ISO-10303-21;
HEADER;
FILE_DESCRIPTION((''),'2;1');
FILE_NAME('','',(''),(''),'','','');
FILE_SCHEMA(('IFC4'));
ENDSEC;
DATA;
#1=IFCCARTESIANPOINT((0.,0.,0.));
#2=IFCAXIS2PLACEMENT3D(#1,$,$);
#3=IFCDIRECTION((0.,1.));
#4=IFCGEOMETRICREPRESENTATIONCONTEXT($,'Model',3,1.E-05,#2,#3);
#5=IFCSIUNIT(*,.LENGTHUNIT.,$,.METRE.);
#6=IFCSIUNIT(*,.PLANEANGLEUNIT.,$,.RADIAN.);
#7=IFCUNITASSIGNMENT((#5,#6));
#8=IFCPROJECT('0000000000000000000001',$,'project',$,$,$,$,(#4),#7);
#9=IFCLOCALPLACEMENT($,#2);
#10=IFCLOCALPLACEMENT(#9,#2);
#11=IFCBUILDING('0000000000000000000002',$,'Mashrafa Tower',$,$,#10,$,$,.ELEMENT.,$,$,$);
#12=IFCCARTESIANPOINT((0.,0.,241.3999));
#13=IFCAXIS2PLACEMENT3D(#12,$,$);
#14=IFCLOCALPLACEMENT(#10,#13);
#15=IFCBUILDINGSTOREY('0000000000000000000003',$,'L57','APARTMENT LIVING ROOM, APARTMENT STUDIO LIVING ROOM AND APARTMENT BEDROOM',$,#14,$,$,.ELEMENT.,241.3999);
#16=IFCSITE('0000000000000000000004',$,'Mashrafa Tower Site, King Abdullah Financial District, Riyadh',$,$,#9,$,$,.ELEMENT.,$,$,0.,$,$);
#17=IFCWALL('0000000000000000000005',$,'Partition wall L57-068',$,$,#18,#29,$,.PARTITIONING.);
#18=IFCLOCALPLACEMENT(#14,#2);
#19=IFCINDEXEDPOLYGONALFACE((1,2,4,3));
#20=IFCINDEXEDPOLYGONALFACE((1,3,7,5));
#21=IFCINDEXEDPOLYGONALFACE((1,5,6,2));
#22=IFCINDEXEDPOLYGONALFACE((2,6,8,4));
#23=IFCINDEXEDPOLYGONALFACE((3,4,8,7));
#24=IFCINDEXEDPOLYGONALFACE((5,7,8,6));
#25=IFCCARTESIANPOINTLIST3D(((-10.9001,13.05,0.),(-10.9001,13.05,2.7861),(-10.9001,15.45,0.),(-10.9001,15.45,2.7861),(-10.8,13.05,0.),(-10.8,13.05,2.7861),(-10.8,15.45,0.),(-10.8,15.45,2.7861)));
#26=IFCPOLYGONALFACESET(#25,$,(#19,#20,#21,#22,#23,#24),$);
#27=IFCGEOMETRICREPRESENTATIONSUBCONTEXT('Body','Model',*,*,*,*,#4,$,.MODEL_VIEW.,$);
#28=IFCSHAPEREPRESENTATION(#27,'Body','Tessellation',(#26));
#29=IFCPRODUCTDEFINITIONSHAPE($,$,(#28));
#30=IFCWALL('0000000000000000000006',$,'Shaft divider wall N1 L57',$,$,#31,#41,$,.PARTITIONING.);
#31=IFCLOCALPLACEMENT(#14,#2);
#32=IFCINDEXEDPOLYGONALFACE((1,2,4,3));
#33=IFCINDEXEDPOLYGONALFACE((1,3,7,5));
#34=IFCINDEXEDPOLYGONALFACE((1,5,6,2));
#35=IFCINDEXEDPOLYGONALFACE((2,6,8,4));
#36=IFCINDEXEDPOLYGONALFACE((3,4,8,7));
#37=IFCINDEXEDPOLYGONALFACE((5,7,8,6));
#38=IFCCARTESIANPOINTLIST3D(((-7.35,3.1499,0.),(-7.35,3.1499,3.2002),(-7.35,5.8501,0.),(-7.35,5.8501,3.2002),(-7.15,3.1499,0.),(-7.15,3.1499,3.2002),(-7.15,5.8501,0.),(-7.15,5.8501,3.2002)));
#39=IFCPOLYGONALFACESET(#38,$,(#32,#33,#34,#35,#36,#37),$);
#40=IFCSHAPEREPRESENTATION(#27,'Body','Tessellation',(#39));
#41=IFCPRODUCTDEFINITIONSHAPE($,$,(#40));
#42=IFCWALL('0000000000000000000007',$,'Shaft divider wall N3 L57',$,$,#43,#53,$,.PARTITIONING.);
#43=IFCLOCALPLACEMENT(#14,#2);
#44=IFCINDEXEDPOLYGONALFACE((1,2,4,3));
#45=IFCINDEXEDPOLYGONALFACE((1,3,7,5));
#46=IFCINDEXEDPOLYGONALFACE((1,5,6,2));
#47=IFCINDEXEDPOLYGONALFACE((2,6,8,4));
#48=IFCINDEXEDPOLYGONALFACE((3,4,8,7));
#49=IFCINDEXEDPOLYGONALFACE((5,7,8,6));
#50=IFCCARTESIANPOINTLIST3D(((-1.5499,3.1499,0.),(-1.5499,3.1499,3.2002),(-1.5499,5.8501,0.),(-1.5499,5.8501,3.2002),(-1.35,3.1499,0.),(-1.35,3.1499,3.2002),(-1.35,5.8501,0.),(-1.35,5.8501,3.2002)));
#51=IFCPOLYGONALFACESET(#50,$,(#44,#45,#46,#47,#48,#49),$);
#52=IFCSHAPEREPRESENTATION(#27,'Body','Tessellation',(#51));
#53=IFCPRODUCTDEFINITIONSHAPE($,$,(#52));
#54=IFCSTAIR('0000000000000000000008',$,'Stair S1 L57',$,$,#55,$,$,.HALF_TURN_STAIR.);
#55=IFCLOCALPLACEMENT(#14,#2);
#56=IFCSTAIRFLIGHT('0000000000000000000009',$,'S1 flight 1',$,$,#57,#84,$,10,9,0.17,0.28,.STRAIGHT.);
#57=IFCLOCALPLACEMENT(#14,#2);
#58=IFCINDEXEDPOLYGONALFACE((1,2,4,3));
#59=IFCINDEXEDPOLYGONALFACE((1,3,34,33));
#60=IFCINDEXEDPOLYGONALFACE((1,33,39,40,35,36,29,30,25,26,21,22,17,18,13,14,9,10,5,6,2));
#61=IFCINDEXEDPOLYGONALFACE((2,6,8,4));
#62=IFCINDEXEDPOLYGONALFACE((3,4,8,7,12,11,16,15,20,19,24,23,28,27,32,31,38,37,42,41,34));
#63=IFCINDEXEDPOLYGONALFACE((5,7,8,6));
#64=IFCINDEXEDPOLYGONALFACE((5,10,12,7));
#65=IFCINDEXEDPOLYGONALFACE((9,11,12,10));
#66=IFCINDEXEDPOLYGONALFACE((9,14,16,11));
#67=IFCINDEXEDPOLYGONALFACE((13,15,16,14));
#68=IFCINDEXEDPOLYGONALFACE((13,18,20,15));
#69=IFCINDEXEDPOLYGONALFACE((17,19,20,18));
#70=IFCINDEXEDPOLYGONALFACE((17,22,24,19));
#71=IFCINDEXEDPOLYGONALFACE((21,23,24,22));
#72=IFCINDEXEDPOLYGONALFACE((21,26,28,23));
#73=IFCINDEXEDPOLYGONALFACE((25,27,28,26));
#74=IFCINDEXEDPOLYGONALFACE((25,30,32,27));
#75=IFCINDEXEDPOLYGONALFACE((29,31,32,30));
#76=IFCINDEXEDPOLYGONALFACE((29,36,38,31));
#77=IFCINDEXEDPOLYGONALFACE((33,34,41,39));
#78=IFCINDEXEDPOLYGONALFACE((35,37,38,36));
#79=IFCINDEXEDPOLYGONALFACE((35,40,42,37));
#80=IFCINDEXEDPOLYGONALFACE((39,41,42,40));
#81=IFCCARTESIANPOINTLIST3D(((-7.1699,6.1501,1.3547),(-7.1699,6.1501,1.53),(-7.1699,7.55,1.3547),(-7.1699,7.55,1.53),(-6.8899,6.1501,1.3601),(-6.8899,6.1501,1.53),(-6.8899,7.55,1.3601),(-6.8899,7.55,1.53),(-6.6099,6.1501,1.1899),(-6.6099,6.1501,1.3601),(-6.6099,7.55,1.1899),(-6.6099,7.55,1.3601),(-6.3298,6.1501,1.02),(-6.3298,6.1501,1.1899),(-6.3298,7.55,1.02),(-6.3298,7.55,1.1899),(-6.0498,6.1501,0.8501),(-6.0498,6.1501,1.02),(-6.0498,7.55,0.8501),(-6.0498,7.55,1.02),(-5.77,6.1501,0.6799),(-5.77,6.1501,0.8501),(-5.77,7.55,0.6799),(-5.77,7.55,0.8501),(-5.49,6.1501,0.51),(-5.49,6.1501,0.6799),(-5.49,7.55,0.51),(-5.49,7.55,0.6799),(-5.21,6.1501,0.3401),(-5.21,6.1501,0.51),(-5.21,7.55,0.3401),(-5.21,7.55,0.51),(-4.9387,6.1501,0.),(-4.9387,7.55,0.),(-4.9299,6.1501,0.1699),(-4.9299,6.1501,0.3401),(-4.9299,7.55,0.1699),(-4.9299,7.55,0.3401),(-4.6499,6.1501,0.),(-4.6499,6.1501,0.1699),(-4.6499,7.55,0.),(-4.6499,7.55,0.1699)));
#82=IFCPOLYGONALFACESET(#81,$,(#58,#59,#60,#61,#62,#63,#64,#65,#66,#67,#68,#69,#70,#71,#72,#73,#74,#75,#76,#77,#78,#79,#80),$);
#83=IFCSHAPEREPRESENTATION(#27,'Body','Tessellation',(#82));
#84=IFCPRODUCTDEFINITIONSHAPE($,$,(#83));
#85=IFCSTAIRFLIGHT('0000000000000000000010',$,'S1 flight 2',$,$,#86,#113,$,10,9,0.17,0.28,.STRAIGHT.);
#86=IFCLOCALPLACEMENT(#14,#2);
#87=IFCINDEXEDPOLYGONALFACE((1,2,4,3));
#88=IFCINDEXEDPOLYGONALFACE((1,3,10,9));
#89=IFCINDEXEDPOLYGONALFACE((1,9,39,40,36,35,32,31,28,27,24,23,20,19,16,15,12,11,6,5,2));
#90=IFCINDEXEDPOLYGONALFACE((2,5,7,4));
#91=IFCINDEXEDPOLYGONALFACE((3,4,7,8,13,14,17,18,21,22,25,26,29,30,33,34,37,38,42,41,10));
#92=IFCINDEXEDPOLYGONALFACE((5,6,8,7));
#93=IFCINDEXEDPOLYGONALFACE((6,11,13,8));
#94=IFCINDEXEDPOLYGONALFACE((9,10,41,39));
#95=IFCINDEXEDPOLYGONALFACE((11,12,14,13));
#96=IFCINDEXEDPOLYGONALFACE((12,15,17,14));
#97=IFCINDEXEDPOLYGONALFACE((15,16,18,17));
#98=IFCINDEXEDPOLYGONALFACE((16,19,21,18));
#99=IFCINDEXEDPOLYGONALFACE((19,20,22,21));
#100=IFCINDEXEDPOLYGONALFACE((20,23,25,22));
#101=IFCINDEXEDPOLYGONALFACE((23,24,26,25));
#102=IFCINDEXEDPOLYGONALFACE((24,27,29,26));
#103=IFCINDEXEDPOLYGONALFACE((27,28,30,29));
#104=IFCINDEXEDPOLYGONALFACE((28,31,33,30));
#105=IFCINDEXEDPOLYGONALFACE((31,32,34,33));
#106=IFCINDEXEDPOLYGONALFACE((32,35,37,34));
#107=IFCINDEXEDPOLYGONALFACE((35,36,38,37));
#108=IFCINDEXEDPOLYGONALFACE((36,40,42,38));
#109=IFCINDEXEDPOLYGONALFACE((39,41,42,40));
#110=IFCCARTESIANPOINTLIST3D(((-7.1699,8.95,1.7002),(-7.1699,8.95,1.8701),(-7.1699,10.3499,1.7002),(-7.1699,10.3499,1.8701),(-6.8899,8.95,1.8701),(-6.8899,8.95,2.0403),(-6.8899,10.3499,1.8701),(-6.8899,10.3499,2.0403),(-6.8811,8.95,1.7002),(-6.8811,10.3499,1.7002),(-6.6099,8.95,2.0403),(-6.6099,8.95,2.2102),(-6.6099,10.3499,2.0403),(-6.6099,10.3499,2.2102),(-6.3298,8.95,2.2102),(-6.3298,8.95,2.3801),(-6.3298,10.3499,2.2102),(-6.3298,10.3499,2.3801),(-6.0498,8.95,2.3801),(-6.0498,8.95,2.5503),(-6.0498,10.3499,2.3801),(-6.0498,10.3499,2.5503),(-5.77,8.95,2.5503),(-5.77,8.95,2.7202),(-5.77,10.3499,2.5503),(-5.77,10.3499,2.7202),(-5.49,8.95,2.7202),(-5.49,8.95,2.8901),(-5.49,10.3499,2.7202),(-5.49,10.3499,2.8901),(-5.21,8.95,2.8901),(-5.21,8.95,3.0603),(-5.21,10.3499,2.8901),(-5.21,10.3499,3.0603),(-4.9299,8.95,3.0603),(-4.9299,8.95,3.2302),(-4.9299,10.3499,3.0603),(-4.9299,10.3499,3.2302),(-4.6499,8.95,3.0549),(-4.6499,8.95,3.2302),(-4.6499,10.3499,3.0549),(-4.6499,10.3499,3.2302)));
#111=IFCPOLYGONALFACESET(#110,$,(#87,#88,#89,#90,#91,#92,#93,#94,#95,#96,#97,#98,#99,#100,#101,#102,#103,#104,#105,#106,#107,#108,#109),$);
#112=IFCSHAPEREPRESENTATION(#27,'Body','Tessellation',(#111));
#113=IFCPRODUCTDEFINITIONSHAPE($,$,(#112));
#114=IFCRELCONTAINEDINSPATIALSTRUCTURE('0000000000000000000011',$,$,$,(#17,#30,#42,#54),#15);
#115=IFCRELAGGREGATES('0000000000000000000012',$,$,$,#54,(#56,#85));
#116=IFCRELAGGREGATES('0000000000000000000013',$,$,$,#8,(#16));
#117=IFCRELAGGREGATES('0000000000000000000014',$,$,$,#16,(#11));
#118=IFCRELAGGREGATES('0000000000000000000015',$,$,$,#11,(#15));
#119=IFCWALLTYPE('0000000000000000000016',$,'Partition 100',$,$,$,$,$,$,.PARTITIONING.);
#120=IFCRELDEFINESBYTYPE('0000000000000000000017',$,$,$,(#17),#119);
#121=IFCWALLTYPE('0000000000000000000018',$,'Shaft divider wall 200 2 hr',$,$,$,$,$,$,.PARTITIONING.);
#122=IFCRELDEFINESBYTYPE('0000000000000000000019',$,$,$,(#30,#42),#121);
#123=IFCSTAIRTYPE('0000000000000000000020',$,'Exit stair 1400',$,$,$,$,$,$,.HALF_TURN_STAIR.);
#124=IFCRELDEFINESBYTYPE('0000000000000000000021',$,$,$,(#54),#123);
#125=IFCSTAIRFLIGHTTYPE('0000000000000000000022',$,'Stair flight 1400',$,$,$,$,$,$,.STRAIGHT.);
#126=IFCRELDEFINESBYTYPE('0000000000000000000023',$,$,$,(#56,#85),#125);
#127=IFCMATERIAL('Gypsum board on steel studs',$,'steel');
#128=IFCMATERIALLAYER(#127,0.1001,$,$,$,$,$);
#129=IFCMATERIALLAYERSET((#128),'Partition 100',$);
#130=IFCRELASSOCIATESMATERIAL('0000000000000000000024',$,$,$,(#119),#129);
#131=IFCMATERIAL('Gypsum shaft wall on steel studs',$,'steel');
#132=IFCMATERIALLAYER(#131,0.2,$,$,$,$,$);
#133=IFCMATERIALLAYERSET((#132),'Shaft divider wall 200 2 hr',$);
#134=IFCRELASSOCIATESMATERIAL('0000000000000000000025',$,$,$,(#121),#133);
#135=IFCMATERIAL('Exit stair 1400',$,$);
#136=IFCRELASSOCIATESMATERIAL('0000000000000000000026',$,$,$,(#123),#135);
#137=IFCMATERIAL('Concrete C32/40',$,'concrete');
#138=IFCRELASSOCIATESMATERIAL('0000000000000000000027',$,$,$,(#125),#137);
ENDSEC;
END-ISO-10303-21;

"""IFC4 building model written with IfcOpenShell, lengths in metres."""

from ifc_helpers import new_model, si_unit, direction, frame, frame_2d, origin, place, context, subcontext, project, spatial, polyline, rectangle, outline, extrude, material, layer, layer_set, type_object, element, aggregate, save


model = new_model("IFC4")

# Units and contexts
model_context = context("Model", 3, precision=1e-05, world=origin(), true_north=direction((0.0, 1.0)))
body_context = subcontext(model_context, "Body", "Model", "MODEL_VIEW")
ifc_project = project(units=[si_unit("LENGTHUNIT", "METRE"), si_unit("PLANEANGLEUNIT", "RADIAN")], contexts=[model_context])

# Site, building, storey
site_placement = place(None, origin())
site = spatial("IfcSite", under=ifc_project, at=site_placement, Name="Mashrafa Tower Site, King Abdullah Financial District, Riyadh", CompositionType="ELEMENT", RefElevation=0.0)
building_placement = place(site_placement, origin())
building = spatial("IfcBuilding", under=site, at=building_placement, Name="Mashrafa Tower", CompositionType="ELEMENT")
storey_placement = place(building_placement, frame((0.0, 0.0, 241.3999)))
storey = spatial("IfcBuildingStorey", under=building, at=storey_placement, Name="L57", Description="APARTMENT LIVING ROOM, APARTMENT STUDIO LIVING ROOM AND APARTMENT BEDROOM", CompositionType="ELEMENT", Elevation=241.3999)

# Walls
ifc_material_1 = material(Name="Gypsum board on steel studs", Category="steel")
ifc_layer_1 = layer(ifc_material_1, 0.1001)
ifc_layer_set_1 = layer_set([ifc_layer_1], Name="Partition 100")
wall_type_1 = type_object("IfcWallType", Name="Partition 100", PredefinedType="PARTITIONING", material=ifc_layer_set_1)
wall_1_placement = place(storey_placement, frame((-10.8501, 13.05, 0.0), z_axis=(0.0, 0.0, 1.0), x_axis=(0.0, 1.0, 0.0)))
element("IfcWall", 1, at=wall_1_placement, inside=storey, type_object=wall_type_1, Name="Partition wall L57-068", PredefinedType="PARTITIONING", context=body_context, shape_type="SweptSolid", body=[
    extrude(rectangle(XDim=2.3999, YDim=0.1001, at=frame_2d((1.2, 0.0))), origin(), (0.0, 0.0, 1.0), 2.7861),
])
ifc_material_2 = material(Name="Gypsum shaft wall on steel studs", Category="steel")
ifc_layer_2 = layer(ifc_material_2, 0.2)
ifc_layer_set_2 = layer_set([ifc_layer_2], Name="Shaft divider wall 200 2 hr")
wall_type_2 = type_object("IfcWallType", Name="Shaft divider wall 200 2 hr", PredefinedType="PARTITIONING", material=ifc_layer_set_2)
for number, where, z_axis, x_axis, name in (
    (2, (-7.25, 3.1499, 0.0), (0.0, 0.0, 1.0), (0.0, 1.0, 0.0), "Shaft divider wall N1 L57"),
    (3, (-1.45, 3.1499, 0.0), (0.0, 0.0, 1.0), (0.0, 1.0, 0.0), "Shaft divider wall N3 L57"),
):
    element("IfcWall", number, at=place(storey_placement, frame(where, z_axis=z_axis, x_axis=x_axis)), inside=storey, type_object=wall_type_2, Name=name, PredefinedType="PARTITIONING", context=body_context, shape_type="SweptSolid", body=[
        extrude(rectangle(XDim=2.7002, YDim=0.2, at=frame_2d((1.3501, 0.0))), origin(), (0.0, 0.0, 1.0), 3.2002),
    ])

# Stair, stair flights
ifc_material_3 = material(Name="Exit stair 1400")
stair_type = type_object("IfcStairType", Name="Exit stair 1400", PredefinedType="HALF_TURN_STAIR", material=ifc_material_3)
stair_placement = place(storey_placement, origin())
stair = element("IfcStair", 4, at=stair_placement, inside=storey, type_object=stair_type, Name="Stair S1 L57", PredefinedType="HALF_TURN_STAIR")
ifc_material_4 = material(Name="Concrete C32/40", Category="concrete")
stair_flight_type = type_object("IfcStairFlightType", Name="Stair flight 1400", PredefinedType="STRAIGHT", material=ifc_material_4)
stair_flight_1_placement = place(storey_placement, frame((-4.6499, 6.8501, 0.0), z_axis=(0.0, 0.0, 1.0), x_axis=(-1.0, 0.0, 0.0)))
stair_flight_1 = element("IfcStairFlight", 5, at=stair_flight_1_placement, type_object=stair_flight_type, Name="S1 flight 1", NumberOfRisers=10, NumberOfTreads=9, PredefinedType="STRAIGHT", RiserHeight=0.17, TreadLength=0.28, context=body_context, shape_type="SweptSolid", body=[
    extrude(outline(polyline([(0.0, 0.0), (0.0, 0.1699), (0.28, 0.1699), (0.28, 0.3401), (0.5601, 0.3401), (0.5601, 0.51), (0.8401, 0.51), (0.8401, 0.6799), (1.1201, 0.6799), (1.1201, 0.8501), (1.3999, 0.8501), (1.3999, 1.02), (1.6799, 1.02), (1.6799, 1.1899), (1.96, 1.1899), (1.96, 1.3601), (2.24, 1.3601), (2.24, 1.53), (2.52, 1.53), (2.52, 1.7), (2.52, 1.3547), (0.2888, 0.0), (0.0, 0.0)])), frame((0.0, 0.7, 0.0), z_axis=(0.0, -1.0, 0.0), x_axis=(1.0, 0.0, 0.0)), (0.0, 0.0, 1.0), 1.3999),
])
stair_flight_2_placement = place(storey_placement, frame((-7.1699, 9.6499, 1.7002), z_axis=(0.0, 0.0, 1.0), x_axis=(1.0, 0.0, 0.0)))
stair_flight_2 = element("IfcStairFlight", 6, at=stair_flight_2_placement, type_object=stair_flight_type, Name="S1 flight 2", NumberOfRisers=10, NumberOfTreads=9, PredefinedType="STRAIGHT", RiserHeight=0.17, TreadLength=0.28, context=body_context, shape_type="SweptSolid", body=[
    extrude(outline(polyline([(0.0, 0.0), (0.0, 0.1699), (0.28, 0.1699), (0.28, 0.3401), (0.5601, 0.3401), (0.5601, 0.51), (0.8401, 0.51), (0.8401, 0.6799), (1.1201, 0.6799), (1.1201, 0.8501), (1.3999, 0.8501), (1.3999, 1.02), (1.6799, 1.02), (1.6799, 1.1899), (1.96, 1.1899), (1.96, 1.3601), (2.24, 1.3601), (2.24, 1.53), (2.52, 1.53), (2.52, 1.7), (2.52, 1.3547), (0.2888, 0.0), (0.0, 0.0)])), frame((0.0, 0.7, 0.0), z_axis=(0.0, -1.0, 0.0), x_axis=(1.0, 0.0, 0.0)), (0.0, 0.0, 1.0), 1.3999),
])
aggregate(stair, [stair_flight_1, stair_flight_2])

save(model, "model.ifc")
